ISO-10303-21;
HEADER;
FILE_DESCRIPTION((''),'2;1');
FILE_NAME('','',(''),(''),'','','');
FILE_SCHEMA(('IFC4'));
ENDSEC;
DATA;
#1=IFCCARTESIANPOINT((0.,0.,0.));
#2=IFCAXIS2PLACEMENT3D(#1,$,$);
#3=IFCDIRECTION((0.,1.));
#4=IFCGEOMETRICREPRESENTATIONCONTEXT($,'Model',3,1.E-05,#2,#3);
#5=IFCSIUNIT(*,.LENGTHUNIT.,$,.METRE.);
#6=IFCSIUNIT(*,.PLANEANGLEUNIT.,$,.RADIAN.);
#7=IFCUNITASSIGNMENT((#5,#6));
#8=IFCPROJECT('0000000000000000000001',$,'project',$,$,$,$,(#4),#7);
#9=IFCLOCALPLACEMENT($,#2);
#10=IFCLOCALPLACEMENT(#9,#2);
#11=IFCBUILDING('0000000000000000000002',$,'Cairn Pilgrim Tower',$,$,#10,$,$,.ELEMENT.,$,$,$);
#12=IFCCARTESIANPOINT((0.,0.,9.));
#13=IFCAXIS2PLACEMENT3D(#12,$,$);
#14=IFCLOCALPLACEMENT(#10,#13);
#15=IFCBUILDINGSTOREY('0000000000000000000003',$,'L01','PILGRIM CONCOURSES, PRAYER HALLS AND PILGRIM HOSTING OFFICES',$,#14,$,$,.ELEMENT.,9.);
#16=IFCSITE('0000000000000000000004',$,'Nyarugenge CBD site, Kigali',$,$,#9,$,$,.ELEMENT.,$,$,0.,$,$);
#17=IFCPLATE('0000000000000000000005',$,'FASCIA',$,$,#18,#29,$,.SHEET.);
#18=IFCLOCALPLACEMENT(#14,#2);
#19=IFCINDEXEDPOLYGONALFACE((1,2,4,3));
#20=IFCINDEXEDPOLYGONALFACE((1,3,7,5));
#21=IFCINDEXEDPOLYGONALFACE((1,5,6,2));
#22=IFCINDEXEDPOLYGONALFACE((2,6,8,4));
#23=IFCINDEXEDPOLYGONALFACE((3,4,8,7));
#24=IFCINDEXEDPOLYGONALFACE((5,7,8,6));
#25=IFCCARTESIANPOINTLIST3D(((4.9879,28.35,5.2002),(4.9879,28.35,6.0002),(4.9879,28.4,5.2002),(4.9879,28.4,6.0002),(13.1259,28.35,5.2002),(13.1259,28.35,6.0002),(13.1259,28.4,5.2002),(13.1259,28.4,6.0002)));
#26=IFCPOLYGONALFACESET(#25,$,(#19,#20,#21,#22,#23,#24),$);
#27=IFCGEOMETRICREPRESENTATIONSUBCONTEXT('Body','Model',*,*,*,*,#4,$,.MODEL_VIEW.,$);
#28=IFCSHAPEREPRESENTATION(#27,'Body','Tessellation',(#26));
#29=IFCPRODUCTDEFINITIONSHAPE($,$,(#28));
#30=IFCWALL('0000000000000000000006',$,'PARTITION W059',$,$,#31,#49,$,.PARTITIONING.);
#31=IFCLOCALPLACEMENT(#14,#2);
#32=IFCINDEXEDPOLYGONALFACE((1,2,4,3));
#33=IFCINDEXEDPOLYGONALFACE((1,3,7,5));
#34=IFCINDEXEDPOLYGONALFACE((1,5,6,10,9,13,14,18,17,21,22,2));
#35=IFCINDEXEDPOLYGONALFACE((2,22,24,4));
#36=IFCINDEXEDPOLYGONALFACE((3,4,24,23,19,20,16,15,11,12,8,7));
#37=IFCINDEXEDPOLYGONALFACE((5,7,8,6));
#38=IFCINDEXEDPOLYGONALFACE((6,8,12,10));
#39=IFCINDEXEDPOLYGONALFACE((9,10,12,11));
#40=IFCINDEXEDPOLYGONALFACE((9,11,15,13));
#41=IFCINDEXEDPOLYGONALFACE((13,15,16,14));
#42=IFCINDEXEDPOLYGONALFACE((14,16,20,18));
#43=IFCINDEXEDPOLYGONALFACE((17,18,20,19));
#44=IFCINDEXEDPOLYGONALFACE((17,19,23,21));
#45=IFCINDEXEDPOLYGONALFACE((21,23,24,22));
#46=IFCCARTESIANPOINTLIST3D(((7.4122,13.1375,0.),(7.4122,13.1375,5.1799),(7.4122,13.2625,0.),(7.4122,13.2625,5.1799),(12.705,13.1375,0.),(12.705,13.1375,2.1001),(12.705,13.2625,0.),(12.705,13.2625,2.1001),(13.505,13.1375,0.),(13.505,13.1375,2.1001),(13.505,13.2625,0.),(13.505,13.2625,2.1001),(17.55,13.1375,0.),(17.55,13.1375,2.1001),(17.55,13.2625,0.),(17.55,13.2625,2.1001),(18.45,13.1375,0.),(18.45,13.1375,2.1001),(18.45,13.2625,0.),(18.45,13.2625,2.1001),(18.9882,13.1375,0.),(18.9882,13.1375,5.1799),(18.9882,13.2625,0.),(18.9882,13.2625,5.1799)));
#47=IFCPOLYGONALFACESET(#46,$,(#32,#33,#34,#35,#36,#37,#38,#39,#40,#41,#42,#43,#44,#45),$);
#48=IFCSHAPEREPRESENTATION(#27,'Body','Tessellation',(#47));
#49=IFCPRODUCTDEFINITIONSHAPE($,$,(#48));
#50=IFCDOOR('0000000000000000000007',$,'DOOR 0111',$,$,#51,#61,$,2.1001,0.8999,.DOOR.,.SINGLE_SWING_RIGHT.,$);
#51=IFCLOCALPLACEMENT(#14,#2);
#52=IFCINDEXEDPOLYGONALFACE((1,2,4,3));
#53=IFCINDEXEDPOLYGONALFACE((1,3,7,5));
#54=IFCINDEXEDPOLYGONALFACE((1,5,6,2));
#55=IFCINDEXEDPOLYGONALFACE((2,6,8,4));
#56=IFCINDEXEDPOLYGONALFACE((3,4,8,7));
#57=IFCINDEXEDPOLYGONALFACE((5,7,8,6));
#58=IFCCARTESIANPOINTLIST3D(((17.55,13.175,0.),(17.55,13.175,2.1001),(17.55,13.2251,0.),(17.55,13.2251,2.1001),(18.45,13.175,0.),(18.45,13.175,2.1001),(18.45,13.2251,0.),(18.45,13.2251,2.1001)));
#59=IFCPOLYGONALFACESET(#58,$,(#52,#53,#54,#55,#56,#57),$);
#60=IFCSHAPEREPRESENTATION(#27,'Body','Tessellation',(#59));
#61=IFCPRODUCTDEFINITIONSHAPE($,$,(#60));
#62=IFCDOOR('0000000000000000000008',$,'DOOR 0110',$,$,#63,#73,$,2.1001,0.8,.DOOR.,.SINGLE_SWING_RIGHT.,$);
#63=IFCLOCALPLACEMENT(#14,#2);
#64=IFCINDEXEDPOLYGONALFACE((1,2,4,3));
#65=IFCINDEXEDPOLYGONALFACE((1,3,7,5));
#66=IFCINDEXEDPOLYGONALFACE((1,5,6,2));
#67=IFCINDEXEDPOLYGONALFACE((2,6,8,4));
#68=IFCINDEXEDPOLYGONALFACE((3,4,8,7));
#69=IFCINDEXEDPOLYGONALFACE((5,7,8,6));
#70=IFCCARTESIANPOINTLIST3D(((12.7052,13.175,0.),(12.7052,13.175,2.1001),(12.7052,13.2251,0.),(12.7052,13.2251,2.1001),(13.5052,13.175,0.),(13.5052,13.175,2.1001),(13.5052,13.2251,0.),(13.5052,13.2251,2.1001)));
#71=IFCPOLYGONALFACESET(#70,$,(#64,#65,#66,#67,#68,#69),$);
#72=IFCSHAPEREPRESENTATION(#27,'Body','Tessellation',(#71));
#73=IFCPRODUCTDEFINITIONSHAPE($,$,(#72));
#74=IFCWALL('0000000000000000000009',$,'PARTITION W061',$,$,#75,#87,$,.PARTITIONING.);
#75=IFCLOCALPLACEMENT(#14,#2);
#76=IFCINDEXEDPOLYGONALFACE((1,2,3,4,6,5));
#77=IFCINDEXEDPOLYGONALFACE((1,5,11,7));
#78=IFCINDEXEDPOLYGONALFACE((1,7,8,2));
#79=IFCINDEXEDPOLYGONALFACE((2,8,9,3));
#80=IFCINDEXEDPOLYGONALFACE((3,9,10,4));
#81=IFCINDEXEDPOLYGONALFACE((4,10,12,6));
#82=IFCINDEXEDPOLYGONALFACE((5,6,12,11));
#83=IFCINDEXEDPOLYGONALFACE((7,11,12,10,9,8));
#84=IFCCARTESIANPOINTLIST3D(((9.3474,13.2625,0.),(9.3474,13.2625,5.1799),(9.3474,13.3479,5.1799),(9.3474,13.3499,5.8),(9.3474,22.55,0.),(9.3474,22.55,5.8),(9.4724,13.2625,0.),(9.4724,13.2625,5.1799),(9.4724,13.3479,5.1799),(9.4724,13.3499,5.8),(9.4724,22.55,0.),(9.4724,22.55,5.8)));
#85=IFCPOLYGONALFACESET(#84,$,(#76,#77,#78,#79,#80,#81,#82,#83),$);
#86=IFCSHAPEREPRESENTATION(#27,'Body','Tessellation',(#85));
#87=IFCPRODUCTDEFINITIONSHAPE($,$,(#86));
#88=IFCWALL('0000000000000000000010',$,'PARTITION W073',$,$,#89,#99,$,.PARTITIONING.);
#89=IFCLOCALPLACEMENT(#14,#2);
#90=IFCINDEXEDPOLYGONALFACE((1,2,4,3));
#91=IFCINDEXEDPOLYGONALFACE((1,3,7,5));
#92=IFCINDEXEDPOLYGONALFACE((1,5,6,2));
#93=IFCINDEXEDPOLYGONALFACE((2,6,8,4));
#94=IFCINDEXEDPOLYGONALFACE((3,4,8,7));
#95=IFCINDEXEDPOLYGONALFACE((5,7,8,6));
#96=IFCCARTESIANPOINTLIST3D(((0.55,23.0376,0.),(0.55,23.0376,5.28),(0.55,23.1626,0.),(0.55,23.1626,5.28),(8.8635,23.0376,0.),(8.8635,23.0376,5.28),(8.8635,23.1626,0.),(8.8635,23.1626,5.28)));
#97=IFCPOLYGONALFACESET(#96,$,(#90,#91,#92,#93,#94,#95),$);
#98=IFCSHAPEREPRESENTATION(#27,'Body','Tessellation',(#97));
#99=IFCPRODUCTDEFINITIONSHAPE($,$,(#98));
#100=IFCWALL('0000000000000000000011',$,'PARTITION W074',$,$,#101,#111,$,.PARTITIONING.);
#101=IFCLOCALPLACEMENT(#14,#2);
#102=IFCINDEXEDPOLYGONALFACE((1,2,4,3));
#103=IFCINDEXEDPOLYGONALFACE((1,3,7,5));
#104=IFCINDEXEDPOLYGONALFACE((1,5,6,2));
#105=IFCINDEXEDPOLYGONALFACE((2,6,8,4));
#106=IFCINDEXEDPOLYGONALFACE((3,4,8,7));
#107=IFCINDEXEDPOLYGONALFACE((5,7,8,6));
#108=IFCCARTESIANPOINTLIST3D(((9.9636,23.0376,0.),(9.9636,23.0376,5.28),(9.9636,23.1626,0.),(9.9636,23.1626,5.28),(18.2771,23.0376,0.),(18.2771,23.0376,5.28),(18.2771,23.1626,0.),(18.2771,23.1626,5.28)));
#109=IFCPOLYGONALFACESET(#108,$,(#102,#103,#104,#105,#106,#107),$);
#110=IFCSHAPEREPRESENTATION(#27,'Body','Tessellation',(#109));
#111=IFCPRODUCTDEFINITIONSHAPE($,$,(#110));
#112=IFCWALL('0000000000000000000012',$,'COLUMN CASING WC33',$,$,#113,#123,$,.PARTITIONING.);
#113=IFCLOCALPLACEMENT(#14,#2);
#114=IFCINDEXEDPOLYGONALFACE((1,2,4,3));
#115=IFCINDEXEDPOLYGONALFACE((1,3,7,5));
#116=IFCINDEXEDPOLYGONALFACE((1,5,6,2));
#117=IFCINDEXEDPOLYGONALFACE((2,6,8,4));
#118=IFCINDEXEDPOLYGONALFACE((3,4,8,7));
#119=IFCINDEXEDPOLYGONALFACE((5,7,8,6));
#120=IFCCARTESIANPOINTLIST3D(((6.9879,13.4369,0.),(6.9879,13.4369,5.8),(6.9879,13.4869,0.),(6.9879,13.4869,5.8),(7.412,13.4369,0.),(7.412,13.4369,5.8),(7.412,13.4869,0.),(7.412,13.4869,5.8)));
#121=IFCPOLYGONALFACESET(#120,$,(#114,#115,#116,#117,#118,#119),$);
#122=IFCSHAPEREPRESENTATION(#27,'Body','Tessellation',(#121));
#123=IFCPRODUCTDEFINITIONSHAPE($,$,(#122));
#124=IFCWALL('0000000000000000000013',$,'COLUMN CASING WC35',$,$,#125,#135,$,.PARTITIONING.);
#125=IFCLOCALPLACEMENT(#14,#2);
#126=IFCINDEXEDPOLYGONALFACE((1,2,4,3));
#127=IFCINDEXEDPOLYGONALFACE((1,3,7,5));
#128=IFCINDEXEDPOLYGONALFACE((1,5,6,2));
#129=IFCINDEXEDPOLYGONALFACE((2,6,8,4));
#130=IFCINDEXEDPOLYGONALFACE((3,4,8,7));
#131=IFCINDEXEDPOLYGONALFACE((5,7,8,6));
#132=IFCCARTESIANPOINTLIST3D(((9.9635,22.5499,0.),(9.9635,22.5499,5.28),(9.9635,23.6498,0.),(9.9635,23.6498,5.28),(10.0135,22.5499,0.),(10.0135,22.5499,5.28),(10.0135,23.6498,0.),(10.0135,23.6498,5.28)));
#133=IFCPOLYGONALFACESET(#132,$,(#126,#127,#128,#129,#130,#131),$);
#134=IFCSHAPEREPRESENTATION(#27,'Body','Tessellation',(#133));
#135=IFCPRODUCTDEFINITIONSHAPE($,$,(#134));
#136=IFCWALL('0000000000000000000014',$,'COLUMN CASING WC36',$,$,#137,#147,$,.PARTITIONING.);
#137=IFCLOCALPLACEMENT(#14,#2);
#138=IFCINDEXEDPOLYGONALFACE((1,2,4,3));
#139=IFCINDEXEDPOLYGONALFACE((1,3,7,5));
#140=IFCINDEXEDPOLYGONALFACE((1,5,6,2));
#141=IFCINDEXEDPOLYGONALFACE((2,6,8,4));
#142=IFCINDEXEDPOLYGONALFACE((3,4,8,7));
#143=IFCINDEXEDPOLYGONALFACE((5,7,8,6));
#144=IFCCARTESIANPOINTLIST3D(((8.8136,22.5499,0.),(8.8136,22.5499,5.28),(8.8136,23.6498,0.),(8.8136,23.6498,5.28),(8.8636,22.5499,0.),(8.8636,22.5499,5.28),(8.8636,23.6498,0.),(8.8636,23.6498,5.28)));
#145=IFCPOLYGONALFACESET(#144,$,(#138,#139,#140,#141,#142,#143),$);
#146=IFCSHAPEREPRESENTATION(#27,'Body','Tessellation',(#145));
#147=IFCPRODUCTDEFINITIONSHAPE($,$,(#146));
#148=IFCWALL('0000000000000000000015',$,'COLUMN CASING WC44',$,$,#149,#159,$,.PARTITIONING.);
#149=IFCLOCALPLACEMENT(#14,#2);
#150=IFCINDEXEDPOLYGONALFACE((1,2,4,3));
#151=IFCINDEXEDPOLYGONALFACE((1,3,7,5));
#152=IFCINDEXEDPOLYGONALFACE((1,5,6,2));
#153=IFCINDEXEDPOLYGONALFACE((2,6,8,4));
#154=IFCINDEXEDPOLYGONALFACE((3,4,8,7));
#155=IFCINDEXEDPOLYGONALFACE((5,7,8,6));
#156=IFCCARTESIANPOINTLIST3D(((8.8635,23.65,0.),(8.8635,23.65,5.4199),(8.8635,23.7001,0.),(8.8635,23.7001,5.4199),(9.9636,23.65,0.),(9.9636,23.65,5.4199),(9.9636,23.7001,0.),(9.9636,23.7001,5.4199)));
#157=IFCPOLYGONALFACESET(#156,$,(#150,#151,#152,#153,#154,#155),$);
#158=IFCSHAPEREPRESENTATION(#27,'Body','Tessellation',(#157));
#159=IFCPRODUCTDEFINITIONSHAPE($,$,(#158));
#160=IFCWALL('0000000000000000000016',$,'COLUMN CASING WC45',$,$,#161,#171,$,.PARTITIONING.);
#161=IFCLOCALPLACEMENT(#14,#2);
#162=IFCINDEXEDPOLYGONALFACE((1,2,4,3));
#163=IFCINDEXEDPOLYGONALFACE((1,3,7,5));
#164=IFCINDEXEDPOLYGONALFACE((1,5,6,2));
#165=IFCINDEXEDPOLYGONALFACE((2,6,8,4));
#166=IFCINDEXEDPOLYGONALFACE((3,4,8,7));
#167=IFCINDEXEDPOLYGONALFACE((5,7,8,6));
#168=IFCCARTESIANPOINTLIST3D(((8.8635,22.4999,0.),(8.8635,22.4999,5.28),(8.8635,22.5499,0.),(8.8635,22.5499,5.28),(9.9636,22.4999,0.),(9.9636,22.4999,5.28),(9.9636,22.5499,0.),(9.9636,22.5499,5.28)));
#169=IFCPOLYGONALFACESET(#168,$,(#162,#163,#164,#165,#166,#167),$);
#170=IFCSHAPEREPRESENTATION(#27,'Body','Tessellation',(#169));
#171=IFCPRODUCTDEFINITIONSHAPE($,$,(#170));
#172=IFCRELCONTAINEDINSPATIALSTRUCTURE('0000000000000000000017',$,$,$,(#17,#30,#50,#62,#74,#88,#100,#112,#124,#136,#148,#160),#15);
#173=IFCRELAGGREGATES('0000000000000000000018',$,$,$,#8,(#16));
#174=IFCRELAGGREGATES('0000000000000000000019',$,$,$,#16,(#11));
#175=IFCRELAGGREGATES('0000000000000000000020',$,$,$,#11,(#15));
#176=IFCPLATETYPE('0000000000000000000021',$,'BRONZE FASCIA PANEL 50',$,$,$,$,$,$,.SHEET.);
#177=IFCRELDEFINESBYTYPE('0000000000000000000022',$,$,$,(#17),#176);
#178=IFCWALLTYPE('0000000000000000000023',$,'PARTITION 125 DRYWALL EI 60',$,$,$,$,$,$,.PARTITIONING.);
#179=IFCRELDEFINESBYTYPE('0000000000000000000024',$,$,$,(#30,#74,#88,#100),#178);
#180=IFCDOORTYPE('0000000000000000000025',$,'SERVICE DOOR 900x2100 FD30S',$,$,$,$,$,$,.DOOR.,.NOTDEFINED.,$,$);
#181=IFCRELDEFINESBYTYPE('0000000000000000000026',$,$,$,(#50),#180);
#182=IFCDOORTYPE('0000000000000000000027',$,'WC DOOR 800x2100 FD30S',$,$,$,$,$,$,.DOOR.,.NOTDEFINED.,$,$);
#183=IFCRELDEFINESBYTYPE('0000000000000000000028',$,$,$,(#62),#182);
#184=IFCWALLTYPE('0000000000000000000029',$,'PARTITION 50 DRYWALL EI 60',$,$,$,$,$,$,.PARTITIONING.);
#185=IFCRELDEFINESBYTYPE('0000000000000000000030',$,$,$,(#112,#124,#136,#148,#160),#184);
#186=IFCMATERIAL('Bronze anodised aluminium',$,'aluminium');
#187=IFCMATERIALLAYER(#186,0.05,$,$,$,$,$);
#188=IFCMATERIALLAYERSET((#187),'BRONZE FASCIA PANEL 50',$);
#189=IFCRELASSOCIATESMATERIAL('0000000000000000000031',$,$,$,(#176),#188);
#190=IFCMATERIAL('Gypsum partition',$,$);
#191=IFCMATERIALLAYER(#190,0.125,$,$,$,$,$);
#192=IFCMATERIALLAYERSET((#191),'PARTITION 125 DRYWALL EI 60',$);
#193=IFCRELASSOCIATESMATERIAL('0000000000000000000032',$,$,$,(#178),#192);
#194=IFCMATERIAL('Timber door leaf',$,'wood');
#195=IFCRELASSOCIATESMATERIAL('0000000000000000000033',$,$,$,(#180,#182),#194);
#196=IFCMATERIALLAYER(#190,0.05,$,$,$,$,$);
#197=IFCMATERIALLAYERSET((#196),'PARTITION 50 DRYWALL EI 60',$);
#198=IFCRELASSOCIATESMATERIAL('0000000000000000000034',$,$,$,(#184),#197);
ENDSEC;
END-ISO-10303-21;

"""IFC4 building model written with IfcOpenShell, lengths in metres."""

from ifc_helpers import new_model, si_unit, direction, frame, frame_2d, origin, origin_2d, place, context, subcontext, project, spatial, polyline, rectangle, outline, extrude, material, layer, layer_set, type_object, element, fill, save


model = new_model("IFC4")

# Units and contexts
model_context = context("Model", 3, precision=1e-05, world=origin(), true_north=direction((0.0, 1.0)))
body_context = subcontext(model_context, "Body", "Model", "MODEL_VIEW")
ifc_project = project(units=[si_unit("LENGTHUNIT", "METRE"), si_unit("PLANEANGLEUNIT", "RADIAN")], contexts=[model_context])

# Site, building, storey
site_placement = place(None, origin())
site = spatial("IfcSite", under=ifc_project, at=site_placement, Name="Nyarugenge CBD site, Kigali", CompositionType="ELEMENT", RefElevation=0.0)
building_placement = place(site_placement, origin())
building = spatial("IfcBuilding", under=site, at=building_placement, Name="Cairn Pilgrim Tower", CompositionType="ELEMENT")
storey_placement = place(building_placement, frame((0.0, 0.0, 9.0)))
storey = spatial("IfcBuildingStorey", under=building, at=storey_placement, Name="L01", Description="PILGRIM CONCOURSES, PRAYER HALLS AND PILGRIM HOSTING OFFICES", CompositionType="ELEMENT", Elevation=9.0)

# Plate
ifc_material_1 = material(Name="Bronze anodised aluminium", Category="aluminium")
ifc_layer_1 = layer(ifc_material_1, 0.05)
ifc_layer_set_1 = layer_set([ifc_layer_1], Name="BRONZE FASCIA PANEL 50")
plate_type = type_object("IfcPlateType", Name="BRONZE FASCIA PANEL 50", PredefinedType="SHEET", material=ifc_layer_set_1)
plate_placement = place(storey_placement, frame((9.0569, 28.375, 5.2002), z_axis=(0.0, 0.0, 1.0), x_axis=(-1.0, 0.0, 0.0)))
element("IfcPlate", 1, at=plate_placement, inside=storey, type_object=plate_type, Name="FASCIA", PredefinedType="SHEET", context=body_context, shape_type="SweptSolid", body=[
    extrude(rectangle(XDim=8.1379, YDim=0.05, at=origin_2d()), origin(), (0.0, 0.0, 1.0), 0.8),
])

# Wall, openings, doors
ifc_material_2 = material(Name="Gypsum partition")
ifc_layer_2 = layer(ifc_material_2, 0.125)
ifc_layer_set_2 = layer_set([ifc_layer_2], Name="PARTITION 125 DRYWALL EI 60")
wall_type_1 = type_object("IfcWallType", Name="PARTITION 125 DRYWALL EI 60", PredefinedType="PARTITIONING", material=ifc_layer_set_2)
wall_1_placement = place(storey_placement, frame((7.4121, 13.2, 0.0), z_axis=(0.0, 0.0, 1.0), x_axis=(1.0, 0.0, 0.0)))
wall_1 = element("IfcWall", 2, at=wall_1_placement, inside=storey, type_object=wall_type_1, Name="PARTITION W059", PredefinedType="PARTITIONING", context=body_context, shape_type="SweptSolid", body=[
    extrude(rectangle(XDim=11.5759, YDim=0.125, at=frame_2d((5.7881, 0.0))), origin(), (0.0, 0.0, 1.0), 5.1799),
])
opening_1_placement = place(wall_1_placement, frame((5.293, 0.0, 0.0)))
opening_1 = element("IfcOpeningElement", 3, at=opening_1_placement, cuts=wall_1, PredefinedType="OPENING", context=body_context, shape_type="SweptSolid", body=[
    extrude(rectangle(XDim=0.8, YDim=2.1001, at=frame_2d((0.3999, 1.05))), frame((0.0, 0.0725, 0.0), z_axis=(0.0, -1.0, 0.0), x_axis=(1.0, 0.0, 0.0)), (0.0, 0.0, 1.0), 0.145),
])
opening_2_placement = place(wall_1_placement, frame((10.1379, 0.0, 0.0)))
opening_2 = element("IfcOpeningElement", 4, at=opening_2_placement, cuts=wall_1, PredefinedType="OPENING", context=body_context, shape_type="SweptSolid", body=[
    extrude(rectangle(XDim=0.8999, YDim=2.1001, at=frame_2d((0.45, 1.05))), frame((0.0, 0.0725, 0.0), z_axis=(0.0, -1.0, 0.0), x_axis=(1.0, 0.0, 0.0)), (0.0, 0.0, 1.0), 0.145),
])
ifc_material_3 = material(Name="Timber door leaf", Category="wood")
door_type_1 = type_object("IfcDoorType", Name="SERVICE DOOR 900x2100 FD30S", OperationType="NOTDEFINED", PredefinedType="DOOR", material=ifc_material_3)
door_1_placement = place(opening_2_placement, frame((0.8999, 0.0, 0.0), z_axis=(0.0, 0.0, 1.0), x_axis=(-1.0, 0.0, 0.0)))
door_1 = element("IfcDoor", 5, at=door_1_placement, inside=storey, type_object=door_type_1, Name="DOOR 0111", OperationType="SINGLE_SWING_RIGHT", OverallHeight=2.1001, OverallWidth=0.8999, PredefinedType="DOOR", context=body_context, shape_type="SweptSolid", body=[
    extrude(rectangle(XDim=0.8999, YDim=2.1001, at=frame_2d((0.45, 1.05))), frame((0.0, 0.0249, 0.0), z_axis=(0.0, -1.0, 0.0), x_axis=(1.0, 0.0, 0.0)), (0.0, 0.0, 1.0), 0.05),
])
fill(opening_2, door_1)
door_type_2 = type_object("IfcDoorType", Name="WC DOOR 800x2100 FD30S", OperationType="NOTDEFINED", PredefinedType="DOOR", material=ifc_material_3)
door_2_placement = place(opening_1_placement, frame((0.8, 0.0, 0.0), z_axis=(0.0, 0.0, 1.0), x_axis=(-1.0, 0.0, 0.0)))
door_2 = element("IfcDoor", 6, at=door_2_placement, inside=storey, type_object=door_type_2, Name="DOOR 0110", OperationType="SINGLE_SWING_RIGHT", OverallHeight=2.1001, OverallWidth=0.8, PredefinedType="DOOR", context=body_context, shape_type="SweptSolid", body=[
    extrude(rectangle(XDim=0.8, YDim=2.1001, at=frame_2d((0.3999, 1.05))), frame((0.0, 0.0249, 0.0), z_axis=(0.0, -1.0, 0.0), x_axis=(1.0, 0.0, 0.0)), (0.0, 0.0, 1.0), 0.05),
])
fill(opening_1, door_2)

# Walls
wall_2_placement = place(storey_placement, frame((9.4099, 13.2625, 0.0), z_axis=(0.0, 0.0, 1.0), x_axis=(0.0, 1.0, 0.0)))
element("IfcWall", 7, at=wall_2_placement, inside=storey, type_object=wall_type_1, Name="PARTITION W061", PredefinedType="PARTITIONING", context=body_context, shape_type="SweptSolid", body=[
    extrude(outline(polyline([(0.0, 0.0), (9.2876, 0.0), (9.2876, 5.8), (0.0874, 5.8), (0.0854, 5.1799), (0.0, 5.1799), (0.0, 0.0)])), frame((0.0, 0.0625, 0.0), z_axis=(0.0, -1.0, 0.0), x_axis=(1.0, 0.0, 0.0)), (0.0, 0.0, 1.0), 0.125),
])
for number, where, z_axis, x_axis, name in (
    (8, (0.55, 23.1001, 0.0), (0.0, 0.0, 1.0), (1.0, 0.0, 0.0), "PARTITION W073"),
    (9, (9.9636, 23.1001, 0.0), (0.0, 0.0, 1.0), (1.0, 0.0, 0.0), "PARTITION W074"),
):
    element("IfcWall", number, at=place(storey_placement, frame(where, z_axis=z_axis, x_axis=x_axis)), inside=storey, type_object=wall_type_1, Name=name, PredefinedType="PARTITIONING", context=body_context, shape_type="SweptSolid", body=[
        extrude(rectangle(XDim=8.3135, YDim=0.125, at=frame_2d((4.1567, 0.0))), origin(), (0.0, 0.0, 1.0), 5.28),
    ])
ifc_layer_3 = layer(ifc_material_2, 0.05)
ifc_layer_set_3 = layer_set([ifc_layer_3], Name="PARTITION 50 DRYWALL EI 60")
wall_type_2 = type_object("IfcWallType", Name="PARTITION 50 DRYWALL EI 60", PredefinedType="PARTITIONING", material=ifc_layer_set_3)
wall_3_placement = place(storey_placement, frame((6.988, 13.4619, 0.0), z_axis=(0.0, 0.0, 1.0), x_axis=(1.0, 0.0, 0.0)))
element("IfcWall", 10, at=wall_3_placement, inside=storey, type_object=wall_type_2, Name="COLUMN CASING WC33", PredefinedType="PARTITIONING", context=body_context, shape_type="SweptSolid", body=[
    extrude(rectangle(XDim=0.4241, YDim=0.05, at=frame_2d((0.2119, 0.0))), origin(), (0.0, 0.0, 1.0), 5.8),
])
for number, where, z_axis, x_axis, name in (
    (11, (9.9885, 22.55, 0.0), (0.0, 0.0, 1.0), (0.0, 1.0, 0.0), "COLUMN CASING WC35"),
    (12, (8.8386, 22.55, 0.0), (0.0, 0.0, 1.0), (0.0, 1.0, 0.0), "COLUMN CASING WC36"),
):
    element("IfcWall", number, at=place(storey_placement, frame(where, z_axis=z_axis, x_axis=x_axis)), inside=storey, type_object=wall_type_2, Name=name, PredefinedType="PARTITIONING", context=body_context, shape_type="SweptSolid", body=[
        extrude(rectangle(XDim=1.0999, YDim=0.05, at=frame_2d((0.5498, 0.0))), origin(), (0.0, 0.0, 1.0), 5.28),
    ])
wall_4_placement = place(storey_placement, frame((8.8635, 23.675, 0.0), z_axis=(0.0, 0.0, 1.0), x_axis=(1.0, 0.0, 0.0)))
element("IfcWall", 13, at=wall_4_placement, inside=storey, type_object=wall_type_2, Name="COLUMN CASING WC44", PredefinedType="PARTITIONING", context=body_context, shape_type="SweptSolid", body=[
    extrude(rectangle(XDim=1.1001, YDim=0.05, at=frame_2d((0.55, 0.0))), origin(), (0.0, 0.0, 1.0), 5.4199),
])
wall_5_placement = place(storey_placement, frame((8.8635, 22.5249, 0.0), z_axis=(0.0, 0.0, 1.0), x_axis=(1.0, 0.0, 0.0)))
element("IfcWall", 14, at=wall_5_placement, inside=storey, type_object=wall_type_2, Name="COLUMN CASING WC45", PredefinedType="PARTITIONING", context=body_context, shape_type="SweptSolid", body=[
    extrude(rectangle(XDim=1.1001, YDim=0.05, at=frame_2d((0.55, 0.0))), origin(), (0.0, 0.0, 1.0), 5.28),
])

save(model, "model.ifc")
